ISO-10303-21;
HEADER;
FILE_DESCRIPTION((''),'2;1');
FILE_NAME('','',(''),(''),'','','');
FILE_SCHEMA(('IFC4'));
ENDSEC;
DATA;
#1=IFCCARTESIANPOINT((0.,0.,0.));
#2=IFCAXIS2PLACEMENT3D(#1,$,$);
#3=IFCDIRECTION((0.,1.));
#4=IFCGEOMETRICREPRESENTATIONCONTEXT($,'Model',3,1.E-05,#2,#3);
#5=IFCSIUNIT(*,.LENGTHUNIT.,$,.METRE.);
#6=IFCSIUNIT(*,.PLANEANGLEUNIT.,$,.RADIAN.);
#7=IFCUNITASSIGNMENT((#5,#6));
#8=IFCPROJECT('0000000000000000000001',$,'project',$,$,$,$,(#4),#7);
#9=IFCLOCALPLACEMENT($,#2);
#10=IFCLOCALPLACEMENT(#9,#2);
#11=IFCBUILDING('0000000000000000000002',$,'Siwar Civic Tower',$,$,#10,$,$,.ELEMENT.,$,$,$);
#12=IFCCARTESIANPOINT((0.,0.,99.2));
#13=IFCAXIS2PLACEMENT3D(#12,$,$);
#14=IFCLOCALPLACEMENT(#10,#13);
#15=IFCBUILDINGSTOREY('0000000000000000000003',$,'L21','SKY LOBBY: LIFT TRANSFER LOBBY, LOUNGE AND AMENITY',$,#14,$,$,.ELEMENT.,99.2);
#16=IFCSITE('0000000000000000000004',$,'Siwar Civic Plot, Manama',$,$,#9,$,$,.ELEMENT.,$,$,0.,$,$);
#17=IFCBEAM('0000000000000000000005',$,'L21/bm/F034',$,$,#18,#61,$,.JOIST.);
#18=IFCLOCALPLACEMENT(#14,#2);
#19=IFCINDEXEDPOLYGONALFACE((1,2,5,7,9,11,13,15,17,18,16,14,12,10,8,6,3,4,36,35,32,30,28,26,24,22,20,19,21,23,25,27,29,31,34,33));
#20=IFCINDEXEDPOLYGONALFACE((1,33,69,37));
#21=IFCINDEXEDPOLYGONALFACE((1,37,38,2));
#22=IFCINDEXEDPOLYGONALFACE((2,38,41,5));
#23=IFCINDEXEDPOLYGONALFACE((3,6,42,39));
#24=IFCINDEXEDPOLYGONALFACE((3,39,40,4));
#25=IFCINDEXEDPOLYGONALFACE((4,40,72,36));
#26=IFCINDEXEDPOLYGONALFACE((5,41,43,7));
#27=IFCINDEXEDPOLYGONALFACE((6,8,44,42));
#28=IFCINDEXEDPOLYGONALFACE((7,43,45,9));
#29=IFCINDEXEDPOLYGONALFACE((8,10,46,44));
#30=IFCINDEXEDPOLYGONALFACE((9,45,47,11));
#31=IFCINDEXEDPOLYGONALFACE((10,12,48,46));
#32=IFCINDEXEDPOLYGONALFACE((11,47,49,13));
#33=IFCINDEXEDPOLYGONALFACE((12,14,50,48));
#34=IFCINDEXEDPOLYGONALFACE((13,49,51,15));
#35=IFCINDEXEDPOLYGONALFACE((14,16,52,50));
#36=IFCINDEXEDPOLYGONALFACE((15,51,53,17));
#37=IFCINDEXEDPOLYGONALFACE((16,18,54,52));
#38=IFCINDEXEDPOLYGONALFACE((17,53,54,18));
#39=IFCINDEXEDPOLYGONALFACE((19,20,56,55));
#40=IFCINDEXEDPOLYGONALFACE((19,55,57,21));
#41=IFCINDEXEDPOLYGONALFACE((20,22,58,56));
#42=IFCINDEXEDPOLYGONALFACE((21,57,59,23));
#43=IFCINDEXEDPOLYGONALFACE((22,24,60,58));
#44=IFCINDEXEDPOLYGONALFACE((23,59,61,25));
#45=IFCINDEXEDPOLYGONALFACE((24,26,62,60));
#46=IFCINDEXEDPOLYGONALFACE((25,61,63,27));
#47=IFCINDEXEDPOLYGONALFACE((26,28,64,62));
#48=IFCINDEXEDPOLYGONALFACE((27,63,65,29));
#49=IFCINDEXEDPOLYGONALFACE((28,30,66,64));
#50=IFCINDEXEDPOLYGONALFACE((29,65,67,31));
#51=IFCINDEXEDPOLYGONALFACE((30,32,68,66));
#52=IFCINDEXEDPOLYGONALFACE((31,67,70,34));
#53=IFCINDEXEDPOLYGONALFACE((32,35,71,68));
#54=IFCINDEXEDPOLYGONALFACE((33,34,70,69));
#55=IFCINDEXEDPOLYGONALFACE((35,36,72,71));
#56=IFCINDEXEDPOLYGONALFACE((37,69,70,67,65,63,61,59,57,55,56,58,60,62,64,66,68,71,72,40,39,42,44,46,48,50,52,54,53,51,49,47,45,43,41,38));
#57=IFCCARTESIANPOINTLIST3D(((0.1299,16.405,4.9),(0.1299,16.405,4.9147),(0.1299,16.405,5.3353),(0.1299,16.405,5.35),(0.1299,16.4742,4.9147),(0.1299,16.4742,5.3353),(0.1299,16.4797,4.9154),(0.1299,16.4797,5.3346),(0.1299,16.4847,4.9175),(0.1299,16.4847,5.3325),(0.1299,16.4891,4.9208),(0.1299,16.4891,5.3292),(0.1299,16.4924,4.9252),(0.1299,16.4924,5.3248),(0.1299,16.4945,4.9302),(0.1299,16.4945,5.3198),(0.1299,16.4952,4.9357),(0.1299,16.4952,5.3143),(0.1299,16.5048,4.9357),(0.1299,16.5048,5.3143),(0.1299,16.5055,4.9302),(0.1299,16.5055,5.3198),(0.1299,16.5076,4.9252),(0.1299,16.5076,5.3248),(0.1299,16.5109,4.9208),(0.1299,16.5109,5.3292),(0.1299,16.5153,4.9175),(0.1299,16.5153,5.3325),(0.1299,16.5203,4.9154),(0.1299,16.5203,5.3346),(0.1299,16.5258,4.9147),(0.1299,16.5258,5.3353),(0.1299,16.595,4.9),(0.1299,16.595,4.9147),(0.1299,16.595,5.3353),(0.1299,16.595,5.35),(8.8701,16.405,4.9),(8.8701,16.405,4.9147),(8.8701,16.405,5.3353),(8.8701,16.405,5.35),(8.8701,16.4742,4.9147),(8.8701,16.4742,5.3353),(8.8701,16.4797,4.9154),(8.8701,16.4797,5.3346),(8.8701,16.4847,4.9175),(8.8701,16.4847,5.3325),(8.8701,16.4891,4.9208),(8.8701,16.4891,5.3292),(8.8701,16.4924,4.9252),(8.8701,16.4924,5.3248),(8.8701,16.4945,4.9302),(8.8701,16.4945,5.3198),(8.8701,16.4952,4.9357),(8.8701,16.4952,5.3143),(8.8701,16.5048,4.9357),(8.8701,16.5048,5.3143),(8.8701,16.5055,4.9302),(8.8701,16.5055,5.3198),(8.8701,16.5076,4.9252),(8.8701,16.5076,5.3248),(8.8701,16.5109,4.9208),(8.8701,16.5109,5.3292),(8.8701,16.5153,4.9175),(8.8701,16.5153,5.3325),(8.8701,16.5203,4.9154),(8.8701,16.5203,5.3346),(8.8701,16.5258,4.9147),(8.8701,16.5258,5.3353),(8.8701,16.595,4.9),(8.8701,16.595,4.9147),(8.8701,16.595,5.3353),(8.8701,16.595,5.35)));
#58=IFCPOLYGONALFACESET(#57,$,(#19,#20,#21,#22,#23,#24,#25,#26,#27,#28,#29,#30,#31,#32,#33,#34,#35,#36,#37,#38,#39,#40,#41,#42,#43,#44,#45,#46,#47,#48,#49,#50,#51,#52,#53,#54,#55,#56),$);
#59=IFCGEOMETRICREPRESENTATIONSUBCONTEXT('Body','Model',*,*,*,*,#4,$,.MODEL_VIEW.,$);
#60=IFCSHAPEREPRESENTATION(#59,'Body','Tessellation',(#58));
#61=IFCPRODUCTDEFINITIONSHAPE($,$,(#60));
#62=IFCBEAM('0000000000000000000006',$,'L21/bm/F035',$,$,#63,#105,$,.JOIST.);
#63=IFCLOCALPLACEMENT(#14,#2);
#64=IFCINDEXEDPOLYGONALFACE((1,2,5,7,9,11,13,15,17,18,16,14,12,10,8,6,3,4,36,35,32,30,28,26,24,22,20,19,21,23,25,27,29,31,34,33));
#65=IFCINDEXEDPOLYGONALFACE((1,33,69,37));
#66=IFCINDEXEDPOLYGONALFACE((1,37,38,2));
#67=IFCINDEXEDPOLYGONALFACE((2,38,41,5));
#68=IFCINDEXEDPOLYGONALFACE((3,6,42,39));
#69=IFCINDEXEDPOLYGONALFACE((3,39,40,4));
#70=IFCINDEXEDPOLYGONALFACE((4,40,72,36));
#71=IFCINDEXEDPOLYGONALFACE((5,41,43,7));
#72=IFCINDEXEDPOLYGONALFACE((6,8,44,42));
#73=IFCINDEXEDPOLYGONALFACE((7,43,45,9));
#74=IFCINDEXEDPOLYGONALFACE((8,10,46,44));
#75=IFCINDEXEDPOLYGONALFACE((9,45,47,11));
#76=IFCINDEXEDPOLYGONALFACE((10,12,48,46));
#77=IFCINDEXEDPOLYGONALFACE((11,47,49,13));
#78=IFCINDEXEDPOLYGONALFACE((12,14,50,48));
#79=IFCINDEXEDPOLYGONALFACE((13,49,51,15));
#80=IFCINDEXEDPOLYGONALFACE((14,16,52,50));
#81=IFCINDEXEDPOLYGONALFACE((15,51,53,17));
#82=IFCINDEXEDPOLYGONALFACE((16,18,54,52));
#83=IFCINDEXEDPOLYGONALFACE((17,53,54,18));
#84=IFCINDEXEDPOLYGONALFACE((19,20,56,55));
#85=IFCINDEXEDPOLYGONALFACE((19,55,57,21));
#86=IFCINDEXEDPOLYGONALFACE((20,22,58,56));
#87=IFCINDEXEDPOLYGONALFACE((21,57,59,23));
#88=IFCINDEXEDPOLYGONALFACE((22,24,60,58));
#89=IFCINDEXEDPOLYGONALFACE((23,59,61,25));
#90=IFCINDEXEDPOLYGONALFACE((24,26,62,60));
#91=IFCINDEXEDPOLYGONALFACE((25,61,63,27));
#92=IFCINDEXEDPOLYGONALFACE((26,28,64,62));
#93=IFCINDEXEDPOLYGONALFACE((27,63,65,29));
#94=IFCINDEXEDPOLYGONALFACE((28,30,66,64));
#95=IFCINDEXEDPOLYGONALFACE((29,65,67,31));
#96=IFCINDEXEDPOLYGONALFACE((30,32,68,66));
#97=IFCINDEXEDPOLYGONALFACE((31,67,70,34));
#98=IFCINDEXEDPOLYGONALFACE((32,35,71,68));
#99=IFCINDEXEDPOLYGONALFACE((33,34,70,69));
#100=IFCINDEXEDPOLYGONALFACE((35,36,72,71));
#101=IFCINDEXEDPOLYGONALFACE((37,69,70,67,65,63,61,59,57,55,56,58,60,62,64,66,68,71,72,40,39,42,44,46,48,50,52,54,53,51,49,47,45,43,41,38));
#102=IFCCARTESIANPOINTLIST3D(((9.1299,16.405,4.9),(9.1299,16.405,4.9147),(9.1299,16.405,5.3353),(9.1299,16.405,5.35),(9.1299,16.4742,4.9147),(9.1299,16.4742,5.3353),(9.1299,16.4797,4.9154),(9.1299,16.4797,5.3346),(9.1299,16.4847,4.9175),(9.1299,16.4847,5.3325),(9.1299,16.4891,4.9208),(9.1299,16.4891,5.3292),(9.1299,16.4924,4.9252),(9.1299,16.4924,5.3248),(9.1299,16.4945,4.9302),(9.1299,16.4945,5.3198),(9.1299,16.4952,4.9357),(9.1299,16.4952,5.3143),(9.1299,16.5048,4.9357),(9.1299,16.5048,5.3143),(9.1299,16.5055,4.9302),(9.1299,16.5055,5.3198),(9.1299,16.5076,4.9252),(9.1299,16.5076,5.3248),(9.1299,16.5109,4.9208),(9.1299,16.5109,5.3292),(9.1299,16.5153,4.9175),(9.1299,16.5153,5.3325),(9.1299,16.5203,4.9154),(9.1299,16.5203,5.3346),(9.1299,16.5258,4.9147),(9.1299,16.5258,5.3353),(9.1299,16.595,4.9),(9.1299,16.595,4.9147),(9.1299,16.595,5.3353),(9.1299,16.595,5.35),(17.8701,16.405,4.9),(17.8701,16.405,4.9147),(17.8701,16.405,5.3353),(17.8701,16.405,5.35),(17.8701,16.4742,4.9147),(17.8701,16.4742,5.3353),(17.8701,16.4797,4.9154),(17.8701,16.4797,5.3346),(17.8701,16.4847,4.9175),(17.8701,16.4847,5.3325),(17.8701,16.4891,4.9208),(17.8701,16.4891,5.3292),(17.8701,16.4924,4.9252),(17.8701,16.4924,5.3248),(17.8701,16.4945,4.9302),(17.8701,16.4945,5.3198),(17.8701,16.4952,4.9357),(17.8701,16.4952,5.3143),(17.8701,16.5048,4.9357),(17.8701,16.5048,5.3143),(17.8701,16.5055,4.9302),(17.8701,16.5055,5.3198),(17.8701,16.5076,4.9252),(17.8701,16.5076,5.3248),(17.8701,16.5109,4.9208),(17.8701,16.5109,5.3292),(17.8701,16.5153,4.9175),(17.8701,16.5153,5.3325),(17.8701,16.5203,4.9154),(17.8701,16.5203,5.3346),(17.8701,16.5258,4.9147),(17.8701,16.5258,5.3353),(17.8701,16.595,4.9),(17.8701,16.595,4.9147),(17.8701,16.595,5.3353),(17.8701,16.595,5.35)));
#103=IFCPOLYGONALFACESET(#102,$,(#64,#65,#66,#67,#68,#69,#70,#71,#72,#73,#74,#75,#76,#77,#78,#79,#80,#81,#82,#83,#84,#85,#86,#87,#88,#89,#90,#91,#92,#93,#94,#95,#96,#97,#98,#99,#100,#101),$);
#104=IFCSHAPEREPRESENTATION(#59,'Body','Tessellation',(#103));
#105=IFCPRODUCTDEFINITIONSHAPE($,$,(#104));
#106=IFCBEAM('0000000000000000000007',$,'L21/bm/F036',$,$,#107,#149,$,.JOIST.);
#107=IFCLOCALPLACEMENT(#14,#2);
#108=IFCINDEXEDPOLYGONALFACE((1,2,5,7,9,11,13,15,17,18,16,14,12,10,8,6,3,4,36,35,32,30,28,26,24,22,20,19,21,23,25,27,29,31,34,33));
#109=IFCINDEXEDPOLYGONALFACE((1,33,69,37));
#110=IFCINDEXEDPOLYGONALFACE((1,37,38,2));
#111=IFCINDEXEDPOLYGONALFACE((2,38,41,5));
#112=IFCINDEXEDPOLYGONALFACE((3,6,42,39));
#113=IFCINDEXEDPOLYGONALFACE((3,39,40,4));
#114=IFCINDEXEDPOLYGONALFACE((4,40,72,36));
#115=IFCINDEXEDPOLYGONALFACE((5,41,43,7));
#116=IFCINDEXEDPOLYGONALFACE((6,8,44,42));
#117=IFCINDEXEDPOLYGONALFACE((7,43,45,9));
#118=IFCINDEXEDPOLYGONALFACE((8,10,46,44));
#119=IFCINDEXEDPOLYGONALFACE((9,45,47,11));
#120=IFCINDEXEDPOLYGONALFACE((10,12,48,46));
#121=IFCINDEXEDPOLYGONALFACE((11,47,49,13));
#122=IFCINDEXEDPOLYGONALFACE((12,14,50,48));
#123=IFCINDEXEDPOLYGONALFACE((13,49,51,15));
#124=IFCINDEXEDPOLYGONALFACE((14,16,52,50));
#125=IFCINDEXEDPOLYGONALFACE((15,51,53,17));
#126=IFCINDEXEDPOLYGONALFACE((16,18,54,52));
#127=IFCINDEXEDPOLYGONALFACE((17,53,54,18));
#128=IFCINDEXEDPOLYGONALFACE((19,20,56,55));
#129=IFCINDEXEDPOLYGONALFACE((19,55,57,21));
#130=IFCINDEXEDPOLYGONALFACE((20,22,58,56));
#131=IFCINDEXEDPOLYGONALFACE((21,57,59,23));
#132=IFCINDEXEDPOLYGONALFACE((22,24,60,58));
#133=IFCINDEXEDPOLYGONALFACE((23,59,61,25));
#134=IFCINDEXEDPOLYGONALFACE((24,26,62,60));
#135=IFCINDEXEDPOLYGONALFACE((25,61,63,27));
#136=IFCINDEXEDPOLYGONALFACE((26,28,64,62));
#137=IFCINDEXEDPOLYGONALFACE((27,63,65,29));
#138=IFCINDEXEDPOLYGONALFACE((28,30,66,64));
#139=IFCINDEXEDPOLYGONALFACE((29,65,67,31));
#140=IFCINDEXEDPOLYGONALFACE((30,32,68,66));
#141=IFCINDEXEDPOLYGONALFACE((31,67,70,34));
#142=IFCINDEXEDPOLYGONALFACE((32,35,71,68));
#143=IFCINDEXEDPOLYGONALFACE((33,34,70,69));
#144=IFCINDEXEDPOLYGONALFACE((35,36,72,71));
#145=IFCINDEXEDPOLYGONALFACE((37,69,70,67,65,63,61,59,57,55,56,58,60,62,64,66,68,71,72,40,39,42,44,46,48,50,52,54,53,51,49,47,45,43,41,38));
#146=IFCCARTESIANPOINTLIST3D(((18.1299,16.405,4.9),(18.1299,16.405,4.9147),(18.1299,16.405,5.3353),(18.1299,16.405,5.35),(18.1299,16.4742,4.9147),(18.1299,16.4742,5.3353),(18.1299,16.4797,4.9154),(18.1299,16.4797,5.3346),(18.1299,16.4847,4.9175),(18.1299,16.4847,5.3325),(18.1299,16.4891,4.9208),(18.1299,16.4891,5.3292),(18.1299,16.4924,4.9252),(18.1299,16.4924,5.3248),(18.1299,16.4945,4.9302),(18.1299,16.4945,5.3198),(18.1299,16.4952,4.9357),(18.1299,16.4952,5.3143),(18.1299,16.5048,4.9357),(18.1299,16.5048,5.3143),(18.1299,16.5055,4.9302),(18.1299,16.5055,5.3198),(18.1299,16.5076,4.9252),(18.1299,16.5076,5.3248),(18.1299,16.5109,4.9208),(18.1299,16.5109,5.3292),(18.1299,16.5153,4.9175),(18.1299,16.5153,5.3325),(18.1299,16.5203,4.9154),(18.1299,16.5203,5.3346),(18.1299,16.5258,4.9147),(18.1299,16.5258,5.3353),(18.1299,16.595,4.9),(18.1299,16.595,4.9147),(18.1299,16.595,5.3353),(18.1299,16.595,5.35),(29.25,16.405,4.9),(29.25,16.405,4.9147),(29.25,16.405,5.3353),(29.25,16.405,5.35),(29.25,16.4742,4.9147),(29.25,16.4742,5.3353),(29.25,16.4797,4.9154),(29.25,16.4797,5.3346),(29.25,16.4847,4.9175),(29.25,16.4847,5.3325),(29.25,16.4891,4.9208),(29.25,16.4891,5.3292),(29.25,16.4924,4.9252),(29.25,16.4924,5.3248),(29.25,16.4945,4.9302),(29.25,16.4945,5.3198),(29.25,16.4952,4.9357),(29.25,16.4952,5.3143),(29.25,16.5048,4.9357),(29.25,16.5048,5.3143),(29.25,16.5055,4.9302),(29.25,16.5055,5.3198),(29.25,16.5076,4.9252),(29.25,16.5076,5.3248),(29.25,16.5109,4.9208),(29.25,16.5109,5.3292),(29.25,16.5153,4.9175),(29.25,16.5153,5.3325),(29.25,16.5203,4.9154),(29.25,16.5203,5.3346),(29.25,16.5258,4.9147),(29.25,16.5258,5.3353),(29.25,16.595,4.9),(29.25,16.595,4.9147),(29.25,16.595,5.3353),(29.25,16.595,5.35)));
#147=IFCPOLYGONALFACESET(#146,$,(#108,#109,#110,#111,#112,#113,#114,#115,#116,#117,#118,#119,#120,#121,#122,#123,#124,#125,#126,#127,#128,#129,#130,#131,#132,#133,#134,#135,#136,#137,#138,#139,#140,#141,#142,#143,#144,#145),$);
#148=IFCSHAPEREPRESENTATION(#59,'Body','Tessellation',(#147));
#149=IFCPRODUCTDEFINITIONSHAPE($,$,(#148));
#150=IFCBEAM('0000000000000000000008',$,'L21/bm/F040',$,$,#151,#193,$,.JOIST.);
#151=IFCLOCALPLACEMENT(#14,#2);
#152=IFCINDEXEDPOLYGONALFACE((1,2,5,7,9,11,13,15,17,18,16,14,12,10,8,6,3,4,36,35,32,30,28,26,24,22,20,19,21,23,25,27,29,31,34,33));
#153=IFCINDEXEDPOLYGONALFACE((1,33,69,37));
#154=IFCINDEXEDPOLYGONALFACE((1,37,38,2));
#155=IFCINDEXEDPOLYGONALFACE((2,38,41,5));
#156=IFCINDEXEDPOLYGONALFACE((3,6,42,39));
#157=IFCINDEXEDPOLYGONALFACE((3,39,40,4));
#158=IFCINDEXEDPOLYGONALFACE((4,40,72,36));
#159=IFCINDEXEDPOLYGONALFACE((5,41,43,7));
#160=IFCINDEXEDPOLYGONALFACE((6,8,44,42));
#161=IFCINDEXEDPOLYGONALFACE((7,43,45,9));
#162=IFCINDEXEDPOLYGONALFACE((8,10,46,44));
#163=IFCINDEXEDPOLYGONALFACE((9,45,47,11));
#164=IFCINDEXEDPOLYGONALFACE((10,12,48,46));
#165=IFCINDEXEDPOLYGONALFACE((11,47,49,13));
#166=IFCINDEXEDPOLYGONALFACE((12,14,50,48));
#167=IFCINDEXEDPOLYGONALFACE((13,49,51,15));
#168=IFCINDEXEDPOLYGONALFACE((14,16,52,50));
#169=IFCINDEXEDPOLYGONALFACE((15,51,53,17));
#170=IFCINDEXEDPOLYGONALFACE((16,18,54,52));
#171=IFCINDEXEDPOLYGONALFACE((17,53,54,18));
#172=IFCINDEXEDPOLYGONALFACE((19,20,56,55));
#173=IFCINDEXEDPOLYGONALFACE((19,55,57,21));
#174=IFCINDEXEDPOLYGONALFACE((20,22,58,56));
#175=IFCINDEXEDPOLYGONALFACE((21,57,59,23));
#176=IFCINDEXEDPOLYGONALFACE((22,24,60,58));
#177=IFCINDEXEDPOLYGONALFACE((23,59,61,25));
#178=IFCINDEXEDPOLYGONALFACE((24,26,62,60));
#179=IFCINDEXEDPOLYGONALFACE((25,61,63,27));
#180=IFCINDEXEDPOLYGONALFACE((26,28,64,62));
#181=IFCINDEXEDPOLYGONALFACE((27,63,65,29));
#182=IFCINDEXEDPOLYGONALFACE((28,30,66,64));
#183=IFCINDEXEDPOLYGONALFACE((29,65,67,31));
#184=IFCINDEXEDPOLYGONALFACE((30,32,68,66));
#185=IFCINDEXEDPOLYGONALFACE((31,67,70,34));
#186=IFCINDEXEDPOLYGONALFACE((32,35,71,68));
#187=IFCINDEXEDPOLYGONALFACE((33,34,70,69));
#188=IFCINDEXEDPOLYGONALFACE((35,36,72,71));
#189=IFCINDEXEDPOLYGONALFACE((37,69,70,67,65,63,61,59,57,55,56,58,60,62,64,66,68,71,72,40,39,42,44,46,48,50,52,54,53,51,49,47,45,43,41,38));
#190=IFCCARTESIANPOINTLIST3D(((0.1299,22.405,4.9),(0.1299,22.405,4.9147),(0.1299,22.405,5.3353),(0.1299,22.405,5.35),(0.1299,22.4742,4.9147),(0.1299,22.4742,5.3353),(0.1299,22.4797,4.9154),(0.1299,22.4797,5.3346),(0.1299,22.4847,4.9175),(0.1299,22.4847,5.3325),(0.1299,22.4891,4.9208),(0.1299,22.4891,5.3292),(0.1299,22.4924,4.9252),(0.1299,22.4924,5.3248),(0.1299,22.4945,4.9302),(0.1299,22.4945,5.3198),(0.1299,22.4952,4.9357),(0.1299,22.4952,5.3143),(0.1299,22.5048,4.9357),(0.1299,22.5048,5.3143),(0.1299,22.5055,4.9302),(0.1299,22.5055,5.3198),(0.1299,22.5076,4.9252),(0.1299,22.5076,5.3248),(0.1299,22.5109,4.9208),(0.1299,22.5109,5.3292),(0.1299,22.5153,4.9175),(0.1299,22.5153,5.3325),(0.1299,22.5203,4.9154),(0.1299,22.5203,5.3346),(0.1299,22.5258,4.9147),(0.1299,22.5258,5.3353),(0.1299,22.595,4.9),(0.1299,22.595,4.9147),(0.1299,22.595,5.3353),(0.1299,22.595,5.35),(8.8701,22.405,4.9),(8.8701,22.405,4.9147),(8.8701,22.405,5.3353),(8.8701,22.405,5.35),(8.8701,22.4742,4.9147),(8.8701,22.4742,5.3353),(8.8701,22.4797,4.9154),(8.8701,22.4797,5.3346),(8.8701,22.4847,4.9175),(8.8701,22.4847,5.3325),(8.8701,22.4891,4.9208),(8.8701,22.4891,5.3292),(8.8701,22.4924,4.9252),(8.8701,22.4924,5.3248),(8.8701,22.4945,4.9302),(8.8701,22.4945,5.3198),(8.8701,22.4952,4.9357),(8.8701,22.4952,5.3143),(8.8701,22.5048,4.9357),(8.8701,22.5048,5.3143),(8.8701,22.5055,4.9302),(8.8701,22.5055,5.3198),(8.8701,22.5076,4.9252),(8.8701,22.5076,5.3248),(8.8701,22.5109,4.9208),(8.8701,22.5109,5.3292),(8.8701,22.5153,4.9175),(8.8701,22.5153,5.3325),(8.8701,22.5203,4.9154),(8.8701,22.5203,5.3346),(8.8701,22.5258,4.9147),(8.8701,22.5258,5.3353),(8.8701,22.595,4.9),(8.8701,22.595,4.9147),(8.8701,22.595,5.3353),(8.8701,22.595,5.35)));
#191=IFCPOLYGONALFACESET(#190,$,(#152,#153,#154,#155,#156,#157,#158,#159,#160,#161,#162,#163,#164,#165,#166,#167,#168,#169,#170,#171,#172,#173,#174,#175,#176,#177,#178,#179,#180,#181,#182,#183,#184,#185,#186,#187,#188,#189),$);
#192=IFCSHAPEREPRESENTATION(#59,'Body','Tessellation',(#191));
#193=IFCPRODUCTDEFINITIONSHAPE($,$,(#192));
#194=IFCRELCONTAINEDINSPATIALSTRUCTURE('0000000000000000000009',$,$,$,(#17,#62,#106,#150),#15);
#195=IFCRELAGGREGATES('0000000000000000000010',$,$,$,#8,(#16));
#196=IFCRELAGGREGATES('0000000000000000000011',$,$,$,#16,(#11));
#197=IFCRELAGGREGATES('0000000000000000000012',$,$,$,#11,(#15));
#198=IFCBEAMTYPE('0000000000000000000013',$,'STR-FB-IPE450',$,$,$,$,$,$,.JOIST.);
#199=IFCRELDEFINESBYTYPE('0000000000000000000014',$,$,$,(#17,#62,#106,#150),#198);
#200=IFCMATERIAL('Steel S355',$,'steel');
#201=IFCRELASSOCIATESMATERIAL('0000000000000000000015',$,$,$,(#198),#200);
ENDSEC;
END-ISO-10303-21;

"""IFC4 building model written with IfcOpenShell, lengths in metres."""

from ifc_helpers import new_model, si_unit, direction, frame, origin, origin_2d, place, context, subcontext, project, spatial, i_section, extrude, material, material_profile, profile_set, type_object, element, save


model = new_model("IFC4")

# Units and contexts
model_context = context("Model", 3, precision=1e-05, world=origin(), true_north=direction((0.0, 1.0)))
body_context = subcontext(model_context, "Body", "Model", "MODEL_VIEW")
ifc_project = project(units=[si_unit("LENGTHUNIT", "METRE"), si_unit("PLANEANGLEUNIT", "RADIAN")], contexts=[model_context])

# Site, building, storey
site_placement = place(None, origin())
site = spatial("IfcSite", under=ifc_project, at=site_placement, Name="Siwar Civic Plot, Manama", CompositionType="ELEMENT", RefElevation=0.0)
building_placement = place(site_placement, origin())
building = spatial("IfcBuilding", under=site, at=building_placement, Name="Siwar Civic Tower", CompositionType="ELEMENT")
storey_placement = place(building_placement, frame((0.0, 0.0, 99.2)))
storey = spatial("IfcBuildingStorey", under=building, at=storey_placement, Name="L21", Description="SKY LOBBY: LIFT TRANSFER LOBBY, LOUNGE AND AMENITY", CompositionType="ELEMENT", Elevation=99.2)

# Beams
ifc_material_1 = material(Name="Steel S355", Category="steel")
ifc_material_profile_1 = material_profile(ifc_material_1, i_section(OverallWidth=0.1899, OverallDepth=0.45, WebThickness=0.0095, FlangeThickness=0.0146, FilletRadius=0.021, at=origin_2d()), Name="IPE450")
ifc_profile_set_1 = profile_set([ifc_material_profile_1], Name="Steel S355")
beam_type_1 = type_object("IfcBeamType", Name="STR-FB-IPE450", PredefinedType="JOIST", material=ifc_profile_set_1)
for number, where, z_axis, x_axis, name in (
    (1, (0.1299, 16.5, 5.125), (1.0, 0.0, 0.0), (0.0, 1.0, 0.0), "L21/bm/F034"),
    (2, (9.1299, 16.5, 5.125), (1.0, 0.0, 0.0), (0.0, 1.0, 0.0), "L21/bm/F035"),
):
    element("IfcBeam", number, at=place(storey_placement, frame(where, z_axis=z_axis, x_axis=x_axis)), inside=storey, type_object=beam_type_1, Name=name, PredefinedType="JOIST", context=body_context, shape_type="SweptSolid", body=[
        extrude(i_section(OverallWidth=0.1899, OverallDepth=0.45, WebThickness=0.0095, FlangeThickness=0.0146, FilletRadius=0.021, at=origin_2d()), origin(), (0.0, 0.0, 1.0), 8.7402),
    ])
beam_1_placement = place(storey_placement, frame((18.1299, 16.5, 5.125), z_axis=(1.0, 0.0, 0.0), x_axis=(0.0, 1.0, 0.0)))
element("IfcBeam", 3, at=beam_1_placement, inside=storey, type_object=beam_type_1, Name="L21/bm/F036", PredefinedType="JOIST", context=body_context, shape_type="SweptSolid", body=[
    extrude(i_section(OverallWidth=0.1899, OverallDepth=0.45, WebThickness=0.0095, FlangeThickness=0.0146, FilletRadius=0.021, at=origin_2d()), origin(), (0.0, 0.0, 1.0), 11.1201),
])
for number, where, z_axis, x_axis, name in (
    (4, (0.1299, 22.5, 5.125), (1.0, 0.0, 0.0), (0.0, 1.0, 0.0), "L21/bm/F040"),
):
    element("IfcBeam", number, at=place(storey_placement, frame(where, z_axis=z_axis, x_axis=x_axis)), inside=storey, type_object=beam_type_1, Name=name, PredefinedType="JOIST", context=body_context, shape_type="SweptSolid", body=[
        extrude(i_section(OverallWidth=0.1899, OverallDepth=0.45, WebThickness=0.0095, FlangeThickness=0.0146, FilletRadius=0.021, at=origin_2d()), origin(), (0.0, 0.0, 1.0), 8.7402),
    ])

save(model, "model.ifc")
